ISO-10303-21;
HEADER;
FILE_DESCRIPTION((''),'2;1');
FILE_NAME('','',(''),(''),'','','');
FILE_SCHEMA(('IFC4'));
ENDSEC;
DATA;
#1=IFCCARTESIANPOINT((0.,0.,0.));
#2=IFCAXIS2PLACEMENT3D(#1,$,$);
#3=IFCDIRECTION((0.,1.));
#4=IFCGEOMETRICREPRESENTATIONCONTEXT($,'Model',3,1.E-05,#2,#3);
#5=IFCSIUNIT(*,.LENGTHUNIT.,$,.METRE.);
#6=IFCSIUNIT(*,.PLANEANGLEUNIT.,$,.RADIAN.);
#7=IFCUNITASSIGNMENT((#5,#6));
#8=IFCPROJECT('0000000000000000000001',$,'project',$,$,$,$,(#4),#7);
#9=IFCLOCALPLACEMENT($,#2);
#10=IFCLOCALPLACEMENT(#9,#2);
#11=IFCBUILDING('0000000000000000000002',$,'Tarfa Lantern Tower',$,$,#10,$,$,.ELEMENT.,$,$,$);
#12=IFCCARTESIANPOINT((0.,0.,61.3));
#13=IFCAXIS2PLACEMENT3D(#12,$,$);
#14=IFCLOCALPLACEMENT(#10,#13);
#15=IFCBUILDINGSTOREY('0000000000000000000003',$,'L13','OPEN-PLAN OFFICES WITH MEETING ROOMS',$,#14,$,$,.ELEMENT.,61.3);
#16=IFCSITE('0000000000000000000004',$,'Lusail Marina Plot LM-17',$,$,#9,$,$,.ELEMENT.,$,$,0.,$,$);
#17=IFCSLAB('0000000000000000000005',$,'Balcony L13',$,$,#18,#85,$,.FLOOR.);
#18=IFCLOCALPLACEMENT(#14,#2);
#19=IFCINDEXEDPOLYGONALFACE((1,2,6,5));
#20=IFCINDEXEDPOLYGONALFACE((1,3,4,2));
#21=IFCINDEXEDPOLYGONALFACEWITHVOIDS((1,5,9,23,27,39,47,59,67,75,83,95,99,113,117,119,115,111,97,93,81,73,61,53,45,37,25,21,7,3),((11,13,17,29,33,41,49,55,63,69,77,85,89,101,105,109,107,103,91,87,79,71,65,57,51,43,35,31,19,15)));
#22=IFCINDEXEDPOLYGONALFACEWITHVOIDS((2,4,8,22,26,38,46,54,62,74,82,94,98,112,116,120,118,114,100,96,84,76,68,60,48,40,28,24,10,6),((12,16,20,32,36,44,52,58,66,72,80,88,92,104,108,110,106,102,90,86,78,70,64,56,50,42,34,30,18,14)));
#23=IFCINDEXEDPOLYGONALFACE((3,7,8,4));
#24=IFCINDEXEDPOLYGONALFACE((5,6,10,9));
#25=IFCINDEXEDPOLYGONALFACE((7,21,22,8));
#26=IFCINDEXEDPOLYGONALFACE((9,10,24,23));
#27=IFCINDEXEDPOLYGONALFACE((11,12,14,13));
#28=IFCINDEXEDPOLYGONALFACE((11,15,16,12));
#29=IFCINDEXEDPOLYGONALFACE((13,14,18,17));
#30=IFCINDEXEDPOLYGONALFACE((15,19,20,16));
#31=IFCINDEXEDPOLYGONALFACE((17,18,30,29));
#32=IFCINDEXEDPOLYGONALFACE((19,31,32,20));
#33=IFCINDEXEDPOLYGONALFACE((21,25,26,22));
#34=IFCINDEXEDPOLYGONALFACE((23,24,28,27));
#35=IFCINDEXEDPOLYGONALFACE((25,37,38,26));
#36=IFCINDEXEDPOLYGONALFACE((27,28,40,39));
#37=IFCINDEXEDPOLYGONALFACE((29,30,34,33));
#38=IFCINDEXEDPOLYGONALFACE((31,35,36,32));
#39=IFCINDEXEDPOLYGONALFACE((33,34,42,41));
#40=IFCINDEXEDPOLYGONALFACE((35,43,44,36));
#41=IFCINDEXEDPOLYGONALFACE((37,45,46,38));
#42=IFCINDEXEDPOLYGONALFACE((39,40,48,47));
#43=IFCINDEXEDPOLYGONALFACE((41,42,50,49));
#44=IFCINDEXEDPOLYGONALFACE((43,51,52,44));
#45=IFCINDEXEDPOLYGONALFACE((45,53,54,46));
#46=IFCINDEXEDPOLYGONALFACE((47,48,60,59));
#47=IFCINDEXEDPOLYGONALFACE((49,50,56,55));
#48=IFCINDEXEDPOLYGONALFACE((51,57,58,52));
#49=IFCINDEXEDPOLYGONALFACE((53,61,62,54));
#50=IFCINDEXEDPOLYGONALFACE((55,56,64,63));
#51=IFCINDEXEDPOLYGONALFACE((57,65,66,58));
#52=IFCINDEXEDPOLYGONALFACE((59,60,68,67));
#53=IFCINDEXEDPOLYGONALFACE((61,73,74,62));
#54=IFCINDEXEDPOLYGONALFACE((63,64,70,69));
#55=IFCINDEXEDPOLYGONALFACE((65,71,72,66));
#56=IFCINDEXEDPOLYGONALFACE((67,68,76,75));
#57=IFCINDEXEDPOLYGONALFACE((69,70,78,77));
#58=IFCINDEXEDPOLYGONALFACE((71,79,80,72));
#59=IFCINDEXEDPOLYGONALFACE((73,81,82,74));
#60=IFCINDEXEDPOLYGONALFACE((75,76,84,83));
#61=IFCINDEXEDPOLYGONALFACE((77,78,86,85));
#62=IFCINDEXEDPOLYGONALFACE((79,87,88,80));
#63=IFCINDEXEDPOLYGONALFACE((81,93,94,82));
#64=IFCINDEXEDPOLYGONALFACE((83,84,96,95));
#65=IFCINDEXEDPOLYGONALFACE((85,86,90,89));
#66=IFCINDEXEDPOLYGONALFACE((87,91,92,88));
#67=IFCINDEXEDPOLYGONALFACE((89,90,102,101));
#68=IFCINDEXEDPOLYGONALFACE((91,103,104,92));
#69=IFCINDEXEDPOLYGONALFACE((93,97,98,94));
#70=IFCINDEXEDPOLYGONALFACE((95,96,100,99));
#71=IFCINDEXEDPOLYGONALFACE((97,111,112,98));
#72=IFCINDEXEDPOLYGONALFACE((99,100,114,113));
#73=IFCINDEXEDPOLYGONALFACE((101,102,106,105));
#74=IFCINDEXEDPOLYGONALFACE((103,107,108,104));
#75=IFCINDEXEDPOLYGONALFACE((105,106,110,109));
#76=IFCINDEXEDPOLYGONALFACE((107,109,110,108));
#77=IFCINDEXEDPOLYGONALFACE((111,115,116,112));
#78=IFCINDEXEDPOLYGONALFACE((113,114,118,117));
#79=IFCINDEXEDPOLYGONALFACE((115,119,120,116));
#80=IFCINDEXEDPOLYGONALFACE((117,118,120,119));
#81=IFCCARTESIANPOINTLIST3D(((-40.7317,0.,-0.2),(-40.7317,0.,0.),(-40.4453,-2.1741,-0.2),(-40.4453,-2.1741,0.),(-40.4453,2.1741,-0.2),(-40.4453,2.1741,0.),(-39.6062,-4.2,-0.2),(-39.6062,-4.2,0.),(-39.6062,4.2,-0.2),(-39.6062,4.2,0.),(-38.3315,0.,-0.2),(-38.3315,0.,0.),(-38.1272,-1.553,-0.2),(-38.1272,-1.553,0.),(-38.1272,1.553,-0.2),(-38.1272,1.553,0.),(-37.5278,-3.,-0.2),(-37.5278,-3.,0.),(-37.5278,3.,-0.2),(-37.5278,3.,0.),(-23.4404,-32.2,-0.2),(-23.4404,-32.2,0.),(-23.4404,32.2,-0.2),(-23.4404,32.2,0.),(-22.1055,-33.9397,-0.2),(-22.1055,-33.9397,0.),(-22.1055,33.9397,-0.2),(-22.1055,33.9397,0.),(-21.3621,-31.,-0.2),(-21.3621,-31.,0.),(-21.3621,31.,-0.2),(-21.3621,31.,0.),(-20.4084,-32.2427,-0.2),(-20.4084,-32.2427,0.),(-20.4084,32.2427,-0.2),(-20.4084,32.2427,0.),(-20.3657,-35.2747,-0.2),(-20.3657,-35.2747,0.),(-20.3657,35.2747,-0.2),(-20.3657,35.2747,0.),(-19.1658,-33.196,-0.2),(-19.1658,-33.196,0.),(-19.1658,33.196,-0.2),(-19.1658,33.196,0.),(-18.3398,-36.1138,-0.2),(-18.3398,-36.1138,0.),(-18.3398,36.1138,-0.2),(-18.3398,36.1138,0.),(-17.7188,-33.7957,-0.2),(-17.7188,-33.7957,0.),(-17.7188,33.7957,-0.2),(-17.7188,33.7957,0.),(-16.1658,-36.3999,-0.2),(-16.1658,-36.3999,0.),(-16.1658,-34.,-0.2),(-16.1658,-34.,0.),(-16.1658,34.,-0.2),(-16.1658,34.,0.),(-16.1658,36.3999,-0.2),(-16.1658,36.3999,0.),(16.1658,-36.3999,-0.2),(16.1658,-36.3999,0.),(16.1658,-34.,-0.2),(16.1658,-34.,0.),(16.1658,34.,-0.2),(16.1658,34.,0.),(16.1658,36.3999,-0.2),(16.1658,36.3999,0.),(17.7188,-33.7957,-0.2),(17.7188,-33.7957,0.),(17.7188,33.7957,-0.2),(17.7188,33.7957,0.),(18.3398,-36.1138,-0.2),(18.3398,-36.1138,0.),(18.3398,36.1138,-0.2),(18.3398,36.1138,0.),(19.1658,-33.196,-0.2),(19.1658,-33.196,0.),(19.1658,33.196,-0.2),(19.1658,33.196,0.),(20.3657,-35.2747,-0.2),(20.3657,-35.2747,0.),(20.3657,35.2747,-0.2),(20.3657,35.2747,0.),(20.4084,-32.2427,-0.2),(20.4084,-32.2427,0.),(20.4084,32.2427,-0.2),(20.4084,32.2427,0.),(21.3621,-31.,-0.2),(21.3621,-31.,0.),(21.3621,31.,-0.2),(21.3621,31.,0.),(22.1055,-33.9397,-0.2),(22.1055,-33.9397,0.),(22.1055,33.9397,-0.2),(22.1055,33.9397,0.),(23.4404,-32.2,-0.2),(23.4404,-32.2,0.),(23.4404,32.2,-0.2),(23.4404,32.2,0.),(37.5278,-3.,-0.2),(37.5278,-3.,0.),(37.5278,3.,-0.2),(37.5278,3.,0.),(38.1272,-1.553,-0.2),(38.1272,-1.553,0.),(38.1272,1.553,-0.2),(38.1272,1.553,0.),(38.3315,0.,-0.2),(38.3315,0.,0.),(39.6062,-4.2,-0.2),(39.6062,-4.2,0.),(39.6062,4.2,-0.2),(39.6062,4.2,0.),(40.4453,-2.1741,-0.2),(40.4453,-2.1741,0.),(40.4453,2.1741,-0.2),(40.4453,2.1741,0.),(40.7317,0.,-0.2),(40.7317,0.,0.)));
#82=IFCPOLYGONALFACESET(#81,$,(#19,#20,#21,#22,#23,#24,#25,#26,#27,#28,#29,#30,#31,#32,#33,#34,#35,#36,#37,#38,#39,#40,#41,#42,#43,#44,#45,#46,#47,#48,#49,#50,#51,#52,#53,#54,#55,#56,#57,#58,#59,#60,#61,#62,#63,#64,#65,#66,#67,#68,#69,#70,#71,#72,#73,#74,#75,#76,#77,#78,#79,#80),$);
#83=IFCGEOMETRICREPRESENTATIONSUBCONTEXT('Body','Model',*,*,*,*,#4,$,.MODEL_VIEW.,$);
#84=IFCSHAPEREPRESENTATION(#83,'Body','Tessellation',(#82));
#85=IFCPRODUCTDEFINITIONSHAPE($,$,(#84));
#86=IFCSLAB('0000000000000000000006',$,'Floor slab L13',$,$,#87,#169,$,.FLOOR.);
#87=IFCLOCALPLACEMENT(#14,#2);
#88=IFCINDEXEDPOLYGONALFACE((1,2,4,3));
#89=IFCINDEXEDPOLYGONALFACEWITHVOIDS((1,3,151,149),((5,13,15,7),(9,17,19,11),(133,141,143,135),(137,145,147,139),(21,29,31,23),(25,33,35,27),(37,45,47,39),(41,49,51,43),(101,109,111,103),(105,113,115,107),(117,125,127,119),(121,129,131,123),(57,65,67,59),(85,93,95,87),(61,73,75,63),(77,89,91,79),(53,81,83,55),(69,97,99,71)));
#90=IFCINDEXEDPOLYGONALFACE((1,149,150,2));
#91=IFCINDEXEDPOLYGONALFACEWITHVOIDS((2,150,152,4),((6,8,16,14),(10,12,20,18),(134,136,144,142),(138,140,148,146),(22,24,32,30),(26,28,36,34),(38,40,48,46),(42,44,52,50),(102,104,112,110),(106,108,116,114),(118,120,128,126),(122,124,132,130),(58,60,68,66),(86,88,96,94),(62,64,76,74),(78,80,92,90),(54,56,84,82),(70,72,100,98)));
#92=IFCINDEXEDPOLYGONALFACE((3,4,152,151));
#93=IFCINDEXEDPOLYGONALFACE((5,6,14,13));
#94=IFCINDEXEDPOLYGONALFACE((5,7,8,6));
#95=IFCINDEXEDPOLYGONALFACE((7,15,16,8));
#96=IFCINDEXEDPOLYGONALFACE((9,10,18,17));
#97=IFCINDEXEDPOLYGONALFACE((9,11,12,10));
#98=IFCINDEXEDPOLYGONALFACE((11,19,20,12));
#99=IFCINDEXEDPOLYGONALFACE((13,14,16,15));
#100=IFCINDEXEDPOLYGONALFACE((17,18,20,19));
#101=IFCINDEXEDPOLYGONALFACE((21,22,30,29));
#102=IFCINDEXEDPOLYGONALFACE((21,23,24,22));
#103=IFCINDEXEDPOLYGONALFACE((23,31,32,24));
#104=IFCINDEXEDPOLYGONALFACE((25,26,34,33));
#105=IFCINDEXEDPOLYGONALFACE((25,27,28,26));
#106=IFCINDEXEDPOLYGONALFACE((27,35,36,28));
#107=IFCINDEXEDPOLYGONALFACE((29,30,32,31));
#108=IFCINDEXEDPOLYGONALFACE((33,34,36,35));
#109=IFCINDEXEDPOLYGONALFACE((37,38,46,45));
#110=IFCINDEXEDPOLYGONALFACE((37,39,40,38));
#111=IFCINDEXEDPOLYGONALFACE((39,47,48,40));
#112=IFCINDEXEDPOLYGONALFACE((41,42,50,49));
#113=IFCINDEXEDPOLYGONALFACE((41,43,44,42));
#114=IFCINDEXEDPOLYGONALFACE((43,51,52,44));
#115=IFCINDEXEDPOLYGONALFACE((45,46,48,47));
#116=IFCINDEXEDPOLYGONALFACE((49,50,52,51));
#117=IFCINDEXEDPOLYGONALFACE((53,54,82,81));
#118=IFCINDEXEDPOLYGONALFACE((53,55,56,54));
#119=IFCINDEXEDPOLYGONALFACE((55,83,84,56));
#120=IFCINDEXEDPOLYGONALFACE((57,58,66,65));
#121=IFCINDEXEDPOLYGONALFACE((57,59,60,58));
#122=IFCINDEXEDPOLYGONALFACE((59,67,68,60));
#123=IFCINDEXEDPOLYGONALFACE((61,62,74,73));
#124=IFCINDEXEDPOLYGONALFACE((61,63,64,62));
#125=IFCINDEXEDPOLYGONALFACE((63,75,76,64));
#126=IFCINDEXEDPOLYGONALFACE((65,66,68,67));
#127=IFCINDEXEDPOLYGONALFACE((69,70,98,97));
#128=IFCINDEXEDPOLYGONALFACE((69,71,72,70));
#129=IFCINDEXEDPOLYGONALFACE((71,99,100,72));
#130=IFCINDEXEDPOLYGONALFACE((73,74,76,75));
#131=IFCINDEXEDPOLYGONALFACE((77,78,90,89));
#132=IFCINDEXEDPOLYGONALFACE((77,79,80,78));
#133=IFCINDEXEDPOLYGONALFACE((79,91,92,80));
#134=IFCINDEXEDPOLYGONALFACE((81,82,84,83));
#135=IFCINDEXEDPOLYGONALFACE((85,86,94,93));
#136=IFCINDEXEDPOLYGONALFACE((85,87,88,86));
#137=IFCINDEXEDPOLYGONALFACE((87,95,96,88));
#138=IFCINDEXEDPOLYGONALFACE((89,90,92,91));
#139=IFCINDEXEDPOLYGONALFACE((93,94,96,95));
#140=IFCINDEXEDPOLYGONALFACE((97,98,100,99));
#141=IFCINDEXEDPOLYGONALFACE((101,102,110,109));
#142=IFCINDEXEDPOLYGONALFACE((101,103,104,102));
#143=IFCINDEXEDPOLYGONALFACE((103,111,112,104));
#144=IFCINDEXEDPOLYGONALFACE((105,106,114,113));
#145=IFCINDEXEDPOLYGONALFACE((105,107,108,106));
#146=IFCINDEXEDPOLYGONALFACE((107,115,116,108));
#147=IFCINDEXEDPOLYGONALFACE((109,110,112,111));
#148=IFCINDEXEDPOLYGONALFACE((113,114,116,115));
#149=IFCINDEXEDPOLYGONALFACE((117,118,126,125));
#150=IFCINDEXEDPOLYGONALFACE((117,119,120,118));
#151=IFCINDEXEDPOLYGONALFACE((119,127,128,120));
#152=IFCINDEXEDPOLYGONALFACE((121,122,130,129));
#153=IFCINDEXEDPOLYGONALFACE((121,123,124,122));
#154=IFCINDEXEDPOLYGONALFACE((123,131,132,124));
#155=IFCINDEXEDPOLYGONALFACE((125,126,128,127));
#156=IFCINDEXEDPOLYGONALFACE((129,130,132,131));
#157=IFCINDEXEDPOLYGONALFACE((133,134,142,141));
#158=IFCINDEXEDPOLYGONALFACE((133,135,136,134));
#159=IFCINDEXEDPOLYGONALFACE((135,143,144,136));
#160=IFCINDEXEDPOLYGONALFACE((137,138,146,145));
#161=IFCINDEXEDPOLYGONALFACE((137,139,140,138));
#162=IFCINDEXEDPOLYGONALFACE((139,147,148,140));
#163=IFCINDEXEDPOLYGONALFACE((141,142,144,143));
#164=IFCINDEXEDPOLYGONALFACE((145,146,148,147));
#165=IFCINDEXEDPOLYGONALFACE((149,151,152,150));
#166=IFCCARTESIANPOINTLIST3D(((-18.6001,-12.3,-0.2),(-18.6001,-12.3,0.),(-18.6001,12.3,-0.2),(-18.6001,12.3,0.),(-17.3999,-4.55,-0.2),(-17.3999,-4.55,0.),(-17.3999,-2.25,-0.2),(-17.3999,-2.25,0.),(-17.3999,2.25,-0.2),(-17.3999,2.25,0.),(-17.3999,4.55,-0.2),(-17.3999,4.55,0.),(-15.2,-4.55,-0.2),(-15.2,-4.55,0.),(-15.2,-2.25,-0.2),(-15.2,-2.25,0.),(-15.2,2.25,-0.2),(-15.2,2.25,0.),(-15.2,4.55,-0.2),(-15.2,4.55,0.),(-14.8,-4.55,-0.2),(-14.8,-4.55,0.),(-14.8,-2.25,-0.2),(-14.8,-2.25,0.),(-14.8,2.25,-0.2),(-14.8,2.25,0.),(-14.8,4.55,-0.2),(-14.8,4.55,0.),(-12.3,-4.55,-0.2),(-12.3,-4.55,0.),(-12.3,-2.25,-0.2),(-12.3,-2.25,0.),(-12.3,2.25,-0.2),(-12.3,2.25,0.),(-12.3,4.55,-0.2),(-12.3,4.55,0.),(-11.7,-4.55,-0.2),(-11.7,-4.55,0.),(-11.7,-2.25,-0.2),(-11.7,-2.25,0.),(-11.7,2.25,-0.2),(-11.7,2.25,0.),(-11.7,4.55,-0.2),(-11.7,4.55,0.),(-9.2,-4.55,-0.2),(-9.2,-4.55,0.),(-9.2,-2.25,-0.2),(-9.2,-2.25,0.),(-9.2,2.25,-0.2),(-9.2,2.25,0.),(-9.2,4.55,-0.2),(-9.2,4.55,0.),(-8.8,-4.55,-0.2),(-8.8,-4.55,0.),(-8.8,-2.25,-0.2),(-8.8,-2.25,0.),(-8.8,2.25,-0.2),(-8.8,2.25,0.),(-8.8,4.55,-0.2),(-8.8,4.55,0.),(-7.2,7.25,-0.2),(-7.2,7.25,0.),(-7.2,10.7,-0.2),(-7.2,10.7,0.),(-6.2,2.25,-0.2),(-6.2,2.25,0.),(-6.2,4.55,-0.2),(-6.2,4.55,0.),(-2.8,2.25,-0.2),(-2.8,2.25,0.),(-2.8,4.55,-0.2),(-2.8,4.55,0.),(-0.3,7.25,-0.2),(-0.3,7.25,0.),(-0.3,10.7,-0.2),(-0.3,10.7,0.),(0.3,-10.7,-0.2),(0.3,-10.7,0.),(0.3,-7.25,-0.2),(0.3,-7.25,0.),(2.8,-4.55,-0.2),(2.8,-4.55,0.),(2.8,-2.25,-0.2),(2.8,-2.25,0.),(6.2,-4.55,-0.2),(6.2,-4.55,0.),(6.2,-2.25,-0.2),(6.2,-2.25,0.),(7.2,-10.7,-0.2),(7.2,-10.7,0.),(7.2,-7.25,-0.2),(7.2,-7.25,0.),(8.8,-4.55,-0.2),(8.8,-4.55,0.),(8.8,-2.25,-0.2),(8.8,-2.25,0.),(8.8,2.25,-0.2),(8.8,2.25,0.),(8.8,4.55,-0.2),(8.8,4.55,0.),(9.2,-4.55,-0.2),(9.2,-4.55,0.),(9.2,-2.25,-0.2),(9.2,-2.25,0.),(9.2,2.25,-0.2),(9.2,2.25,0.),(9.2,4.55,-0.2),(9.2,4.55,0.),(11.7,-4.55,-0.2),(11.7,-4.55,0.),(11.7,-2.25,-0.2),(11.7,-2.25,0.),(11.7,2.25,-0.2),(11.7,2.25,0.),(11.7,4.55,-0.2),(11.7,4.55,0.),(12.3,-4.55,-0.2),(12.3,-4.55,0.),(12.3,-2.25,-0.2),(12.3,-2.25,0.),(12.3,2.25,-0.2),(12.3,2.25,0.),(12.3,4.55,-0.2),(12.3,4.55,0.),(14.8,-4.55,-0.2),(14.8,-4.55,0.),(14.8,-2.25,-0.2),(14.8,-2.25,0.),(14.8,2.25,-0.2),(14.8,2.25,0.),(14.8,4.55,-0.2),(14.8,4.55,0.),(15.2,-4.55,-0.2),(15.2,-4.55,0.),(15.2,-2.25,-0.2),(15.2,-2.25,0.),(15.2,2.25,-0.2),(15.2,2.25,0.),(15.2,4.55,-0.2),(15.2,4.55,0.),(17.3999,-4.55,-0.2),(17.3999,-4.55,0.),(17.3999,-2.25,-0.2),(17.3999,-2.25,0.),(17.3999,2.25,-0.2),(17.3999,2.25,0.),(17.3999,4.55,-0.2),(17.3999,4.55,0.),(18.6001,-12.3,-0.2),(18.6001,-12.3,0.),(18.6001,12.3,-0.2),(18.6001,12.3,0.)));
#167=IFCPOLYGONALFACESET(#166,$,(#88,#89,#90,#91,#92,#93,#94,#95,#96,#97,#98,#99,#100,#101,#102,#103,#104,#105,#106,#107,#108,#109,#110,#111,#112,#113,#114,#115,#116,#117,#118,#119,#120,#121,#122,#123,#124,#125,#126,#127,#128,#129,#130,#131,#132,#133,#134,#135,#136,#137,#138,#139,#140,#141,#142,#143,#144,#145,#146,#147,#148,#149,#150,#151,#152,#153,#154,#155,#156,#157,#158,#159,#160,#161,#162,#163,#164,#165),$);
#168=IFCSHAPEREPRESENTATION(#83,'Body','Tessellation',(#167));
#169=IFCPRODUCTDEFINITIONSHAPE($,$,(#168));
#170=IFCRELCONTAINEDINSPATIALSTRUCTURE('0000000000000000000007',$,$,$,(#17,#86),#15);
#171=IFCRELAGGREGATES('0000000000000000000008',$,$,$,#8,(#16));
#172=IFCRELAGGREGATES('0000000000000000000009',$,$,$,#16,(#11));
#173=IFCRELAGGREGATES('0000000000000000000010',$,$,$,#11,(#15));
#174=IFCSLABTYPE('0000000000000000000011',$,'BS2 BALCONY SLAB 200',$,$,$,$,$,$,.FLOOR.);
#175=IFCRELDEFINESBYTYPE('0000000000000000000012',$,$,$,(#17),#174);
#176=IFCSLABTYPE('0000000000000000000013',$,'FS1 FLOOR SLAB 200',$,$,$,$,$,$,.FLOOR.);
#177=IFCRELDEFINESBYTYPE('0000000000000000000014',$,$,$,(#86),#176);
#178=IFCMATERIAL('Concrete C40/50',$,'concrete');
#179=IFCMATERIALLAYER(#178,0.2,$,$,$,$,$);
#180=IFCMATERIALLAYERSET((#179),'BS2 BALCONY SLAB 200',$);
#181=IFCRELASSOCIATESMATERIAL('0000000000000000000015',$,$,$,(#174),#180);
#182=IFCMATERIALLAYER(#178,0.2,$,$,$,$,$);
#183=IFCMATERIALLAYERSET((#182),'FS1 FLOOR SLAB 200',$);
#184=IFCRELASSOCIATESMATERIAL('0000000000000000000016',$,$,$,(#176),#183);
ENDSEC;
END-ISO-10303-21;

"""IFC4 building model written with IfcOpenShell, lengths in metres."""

from ifc_helpers import new_model, si_unit, direction, frame, origin, place, context, subcontext, project, spatial, polyline, outline, extrude, material, layer, layer_set, type_object, element, save


model = new_model("IFC4")

# Units and contexts
model_context = context("Model", 3, precision=1e-05, world=origin(), true_north=direction((0.0, 1.0)))
body_context = subcontext(model_context, "Body", "Model", "MODEL_VIEW")
ifc_project = project(units=[si_unit("LENGTHUNIT", "METRE"), si_unit("PLANEANGLEUNIT", "RADIAN")], contexts=[model_context])

# Site, building, storey
site_placement = place(None, origin())
site = spatial("IfcSite", under=ifc_project, at=site_placement, Name="Lusail Marina Plot LM-17", CompositionType="ELEMENT", RefElevation=0.0)
building_placement = place(site_placement, origin())
building = spatial("IfcBuilding", under=site, at=building_placement, Name="Tarfa Lantern Tower", CompositionType="ELEMENT")
storey_placement = place(building_placement, frame((0.0, 0.0, 61.3)))
storey = spatial("IfcBuildingStorey", under=building, at=storey_placement, Name="L13", Description="OPEN-PLAN OFFICES WITH MEETING ROOMS", CompositionType="ELEMENT", Elevation=61.3)

# Slabs
ifc_material_1 = material(Name="Concrete C40/50", Category="concrete")
ifc_layer_1 = layer(ifc_material_1, 0.2)
ifc_layer_set_1 = layer_set([ifc_layer_1], Name="BS2 BALCONY SLAB 200")
slab_type_1 = type_object("IfcSlabType", Name="BS2 BALCONY SLAB 200", PredefinedType="FLOOR", material=ifc_layer_set_1)
slab_1_placement = place(storey_placement, frame((0.0, 0.0, -0.2)))
element("IfcSlab", 1, at=slab_1_placement, inside=storey, type_object=slab_type_1, Name="Balcony L13", PredefinedType="FLOOR", context=body_context, shape_type="SweptSolid", body=[
    extrude(outline(polyline([(39.6062, 4.2), (23.4404, 32.2), (22.1055, 33.9397), (20.3657, 35.2747), (18.3398, 36.1138), (16.1658, 36.3999), (-16.1658, 36.3999), (-18.3398, 36.1138), (-20.3657, 35.2747), (-22.1055, 33.9397), (-23.4404, 32.2), (-39.6062, 4.2), (-40.4453, 2.1741), (-40.7317, 0.0), (-40.4453, -2.1741), (-39.6062, -4.2), (-23.4404, -32.2), (-22.1055, -33.9397), (-20.3657, -35.2747), (-18.3398, -36.1138), (-16.1658, -36.3999), (16.1658, -36.3999), (18.3398, -36.1138), (20.3657, -35.2747), (22.1055, -33.9397), (23.4404, -32.2), (39.6062, -4.2), (40.4453, -2.1741), (40.7317, 0.0), (40.4453, 2.1741), (39.6062, 4.2)]), holes=[polyline([(37.5278, 3.0), (21.3621, 31.0), (20.4084, 32.2427), (19.1658, 33.196), (17.7188, 33.7957), (16.1658, 34.0), (-16.1658, 34.0), (-17.7188, 33.7957), (-19.1658, 33.196), (-20.4084, 32.2427), (-21.3621, 31.0), (-37.5278, 3.0), (-38.1272, 1.553), (-38.3315, 0.0), (-38.1272, -1.553), (-37.5278, -3.0), (-21.3621, -31.0), (-20.4084, -32.2427), (-19.1658, -33.196), (-17.7188, -33.7957), (-16.1658, -34.0), (16.1658, -34.0), (17.7188, -33.7957), (19.1658, -33.196), (20.4084, -32.2427), (21.3621, -31.0), (37.5278, -3.0), (38.1272, -1.553), (38.3315, 0.0), (38.1272, 1.553), (37.5278, 3.0)])]), origin(), (0.0, 0.0, 1.0), 0.2),
])
ifc_layer_2 = layer(ifc_material_1, 0.2)
ifc_layer_set_2 = layer_set([ifc_layer_2], Name="FS1 FLOOR SLAB 200")
slab_type_2 = type_object("IfcSlabType", Name="FS1 FLOOR SLAB 200", PredefinedType="FLOOR", material=ifc_layer_set_2)
slab_2_placement = place(storey_placement, frame((0.0, 0.0, -0.2)))
element("IfcSlab", 2, at=slab_2_placement, inside=storey, type_object=slab_type_2, Name="Floor slab L13", PredefinedType="FLOOR", context=body_context, shape_type="SweptSolid", body=[
    extrude(outline(polyline([(-18.6001, -12.3), (18.6001, -12.3), (18.6001, 12.3), (-18.6001, 12.3), (-18.6001, -12.3)]), holes=[polyline([(-17.3999, 2.25), (-15.2, 2.25), (-15.2, 4.55), (-17.3999, 4.55), (-17.3999, 2.25)]), polyline([(-14.8, 2.25), (-12.3, 2.25), (-12.3, 4.55), (-14.8, 4.55), (-14.8, 2.25)]), polyline([(-11.7, 2.25), (-9.2, 2.25), (-9.2, 4.55), (-11.7, 4.55), (-11.7, 2.25)]), polyline([(-8.8, 2.25), (-6.2, 2.25), (-6.2, 4.55), (-8.8, 4.55), (-8.8, 2.25)]), polyline([(-2.8, 2.25), (8.8, 2.25), (8.8, 4.55), (-2.8, 4.55), (-2.8, 2.25)]), polyline([(9.2, 2.25), (11.7, 2.25), (11.7, 4.55), (9.2, 4.55), (9.2, 2.25)]), polyline([(12.3, 2.25), (14.8, 2.25), (14.8, 4.55), (12.3, 4.55), (12.3, 2.25)]), polyline([(15.2, 2.25), (17.3999, 2.25), (17.3999, 4.55), (15.2, 4.55), (15.2, 2.25)]), polyline([(17.3999, -2.25), (15.2, -2.25), (15.2, -4.55), (17.3999, -4.55), (17.3999, -2.25)]), polyline([(14.8, -2.25), (12.3, -2.25), (12.3, -4.55), (14.8, -4.55), (14.8, -2.25)]), polyline([(11.7, -2.25), (9.2, -2.25), (9.2, -4.55), (11.7, -4.55), (11.7, -2.25)]), polyline([(8.8, -2.25), (6.2, -2.25), (6.2, -4.55), (8.8, -4.55), (8.8, -2.25)]), polyline([(2.8, -2.25), (-8.8, -2.25), (-8.8, -4.55), (2.8, -4.55), (2.8, -2.25)]), polyline([(-9.2, -2.25), (-11.7, -2.25), (-11.7, -4.55), (-9.2, -4.55), (-9.2, -2.25)]), polyline([(-12.3, -2.25), (-14.8, -2.25), (-14.8, -4.55), (-12.3, -4.55), (-12.3, -2.25)]), polyline([(-15.2, -2.25), (-17.3999, -2.25), (-17.3999, -4.55), (-15.2, -4.55), (-15.2, -2.25)]), polyline([(-7.2, 7.25), (-0.3, 7.25), (-0.3, 10.7), (-7.2, 10.7), (-7.2, 7.25)]), polyline([(7.2, -7.25), (0.3, -7.25), (0.3, -10.7), (7.2, -10.7), (7.2, -7.25)])]), origin(), (0.0, 0.0, 1.0), 0.2),
])

save(model, "model.ifc")
